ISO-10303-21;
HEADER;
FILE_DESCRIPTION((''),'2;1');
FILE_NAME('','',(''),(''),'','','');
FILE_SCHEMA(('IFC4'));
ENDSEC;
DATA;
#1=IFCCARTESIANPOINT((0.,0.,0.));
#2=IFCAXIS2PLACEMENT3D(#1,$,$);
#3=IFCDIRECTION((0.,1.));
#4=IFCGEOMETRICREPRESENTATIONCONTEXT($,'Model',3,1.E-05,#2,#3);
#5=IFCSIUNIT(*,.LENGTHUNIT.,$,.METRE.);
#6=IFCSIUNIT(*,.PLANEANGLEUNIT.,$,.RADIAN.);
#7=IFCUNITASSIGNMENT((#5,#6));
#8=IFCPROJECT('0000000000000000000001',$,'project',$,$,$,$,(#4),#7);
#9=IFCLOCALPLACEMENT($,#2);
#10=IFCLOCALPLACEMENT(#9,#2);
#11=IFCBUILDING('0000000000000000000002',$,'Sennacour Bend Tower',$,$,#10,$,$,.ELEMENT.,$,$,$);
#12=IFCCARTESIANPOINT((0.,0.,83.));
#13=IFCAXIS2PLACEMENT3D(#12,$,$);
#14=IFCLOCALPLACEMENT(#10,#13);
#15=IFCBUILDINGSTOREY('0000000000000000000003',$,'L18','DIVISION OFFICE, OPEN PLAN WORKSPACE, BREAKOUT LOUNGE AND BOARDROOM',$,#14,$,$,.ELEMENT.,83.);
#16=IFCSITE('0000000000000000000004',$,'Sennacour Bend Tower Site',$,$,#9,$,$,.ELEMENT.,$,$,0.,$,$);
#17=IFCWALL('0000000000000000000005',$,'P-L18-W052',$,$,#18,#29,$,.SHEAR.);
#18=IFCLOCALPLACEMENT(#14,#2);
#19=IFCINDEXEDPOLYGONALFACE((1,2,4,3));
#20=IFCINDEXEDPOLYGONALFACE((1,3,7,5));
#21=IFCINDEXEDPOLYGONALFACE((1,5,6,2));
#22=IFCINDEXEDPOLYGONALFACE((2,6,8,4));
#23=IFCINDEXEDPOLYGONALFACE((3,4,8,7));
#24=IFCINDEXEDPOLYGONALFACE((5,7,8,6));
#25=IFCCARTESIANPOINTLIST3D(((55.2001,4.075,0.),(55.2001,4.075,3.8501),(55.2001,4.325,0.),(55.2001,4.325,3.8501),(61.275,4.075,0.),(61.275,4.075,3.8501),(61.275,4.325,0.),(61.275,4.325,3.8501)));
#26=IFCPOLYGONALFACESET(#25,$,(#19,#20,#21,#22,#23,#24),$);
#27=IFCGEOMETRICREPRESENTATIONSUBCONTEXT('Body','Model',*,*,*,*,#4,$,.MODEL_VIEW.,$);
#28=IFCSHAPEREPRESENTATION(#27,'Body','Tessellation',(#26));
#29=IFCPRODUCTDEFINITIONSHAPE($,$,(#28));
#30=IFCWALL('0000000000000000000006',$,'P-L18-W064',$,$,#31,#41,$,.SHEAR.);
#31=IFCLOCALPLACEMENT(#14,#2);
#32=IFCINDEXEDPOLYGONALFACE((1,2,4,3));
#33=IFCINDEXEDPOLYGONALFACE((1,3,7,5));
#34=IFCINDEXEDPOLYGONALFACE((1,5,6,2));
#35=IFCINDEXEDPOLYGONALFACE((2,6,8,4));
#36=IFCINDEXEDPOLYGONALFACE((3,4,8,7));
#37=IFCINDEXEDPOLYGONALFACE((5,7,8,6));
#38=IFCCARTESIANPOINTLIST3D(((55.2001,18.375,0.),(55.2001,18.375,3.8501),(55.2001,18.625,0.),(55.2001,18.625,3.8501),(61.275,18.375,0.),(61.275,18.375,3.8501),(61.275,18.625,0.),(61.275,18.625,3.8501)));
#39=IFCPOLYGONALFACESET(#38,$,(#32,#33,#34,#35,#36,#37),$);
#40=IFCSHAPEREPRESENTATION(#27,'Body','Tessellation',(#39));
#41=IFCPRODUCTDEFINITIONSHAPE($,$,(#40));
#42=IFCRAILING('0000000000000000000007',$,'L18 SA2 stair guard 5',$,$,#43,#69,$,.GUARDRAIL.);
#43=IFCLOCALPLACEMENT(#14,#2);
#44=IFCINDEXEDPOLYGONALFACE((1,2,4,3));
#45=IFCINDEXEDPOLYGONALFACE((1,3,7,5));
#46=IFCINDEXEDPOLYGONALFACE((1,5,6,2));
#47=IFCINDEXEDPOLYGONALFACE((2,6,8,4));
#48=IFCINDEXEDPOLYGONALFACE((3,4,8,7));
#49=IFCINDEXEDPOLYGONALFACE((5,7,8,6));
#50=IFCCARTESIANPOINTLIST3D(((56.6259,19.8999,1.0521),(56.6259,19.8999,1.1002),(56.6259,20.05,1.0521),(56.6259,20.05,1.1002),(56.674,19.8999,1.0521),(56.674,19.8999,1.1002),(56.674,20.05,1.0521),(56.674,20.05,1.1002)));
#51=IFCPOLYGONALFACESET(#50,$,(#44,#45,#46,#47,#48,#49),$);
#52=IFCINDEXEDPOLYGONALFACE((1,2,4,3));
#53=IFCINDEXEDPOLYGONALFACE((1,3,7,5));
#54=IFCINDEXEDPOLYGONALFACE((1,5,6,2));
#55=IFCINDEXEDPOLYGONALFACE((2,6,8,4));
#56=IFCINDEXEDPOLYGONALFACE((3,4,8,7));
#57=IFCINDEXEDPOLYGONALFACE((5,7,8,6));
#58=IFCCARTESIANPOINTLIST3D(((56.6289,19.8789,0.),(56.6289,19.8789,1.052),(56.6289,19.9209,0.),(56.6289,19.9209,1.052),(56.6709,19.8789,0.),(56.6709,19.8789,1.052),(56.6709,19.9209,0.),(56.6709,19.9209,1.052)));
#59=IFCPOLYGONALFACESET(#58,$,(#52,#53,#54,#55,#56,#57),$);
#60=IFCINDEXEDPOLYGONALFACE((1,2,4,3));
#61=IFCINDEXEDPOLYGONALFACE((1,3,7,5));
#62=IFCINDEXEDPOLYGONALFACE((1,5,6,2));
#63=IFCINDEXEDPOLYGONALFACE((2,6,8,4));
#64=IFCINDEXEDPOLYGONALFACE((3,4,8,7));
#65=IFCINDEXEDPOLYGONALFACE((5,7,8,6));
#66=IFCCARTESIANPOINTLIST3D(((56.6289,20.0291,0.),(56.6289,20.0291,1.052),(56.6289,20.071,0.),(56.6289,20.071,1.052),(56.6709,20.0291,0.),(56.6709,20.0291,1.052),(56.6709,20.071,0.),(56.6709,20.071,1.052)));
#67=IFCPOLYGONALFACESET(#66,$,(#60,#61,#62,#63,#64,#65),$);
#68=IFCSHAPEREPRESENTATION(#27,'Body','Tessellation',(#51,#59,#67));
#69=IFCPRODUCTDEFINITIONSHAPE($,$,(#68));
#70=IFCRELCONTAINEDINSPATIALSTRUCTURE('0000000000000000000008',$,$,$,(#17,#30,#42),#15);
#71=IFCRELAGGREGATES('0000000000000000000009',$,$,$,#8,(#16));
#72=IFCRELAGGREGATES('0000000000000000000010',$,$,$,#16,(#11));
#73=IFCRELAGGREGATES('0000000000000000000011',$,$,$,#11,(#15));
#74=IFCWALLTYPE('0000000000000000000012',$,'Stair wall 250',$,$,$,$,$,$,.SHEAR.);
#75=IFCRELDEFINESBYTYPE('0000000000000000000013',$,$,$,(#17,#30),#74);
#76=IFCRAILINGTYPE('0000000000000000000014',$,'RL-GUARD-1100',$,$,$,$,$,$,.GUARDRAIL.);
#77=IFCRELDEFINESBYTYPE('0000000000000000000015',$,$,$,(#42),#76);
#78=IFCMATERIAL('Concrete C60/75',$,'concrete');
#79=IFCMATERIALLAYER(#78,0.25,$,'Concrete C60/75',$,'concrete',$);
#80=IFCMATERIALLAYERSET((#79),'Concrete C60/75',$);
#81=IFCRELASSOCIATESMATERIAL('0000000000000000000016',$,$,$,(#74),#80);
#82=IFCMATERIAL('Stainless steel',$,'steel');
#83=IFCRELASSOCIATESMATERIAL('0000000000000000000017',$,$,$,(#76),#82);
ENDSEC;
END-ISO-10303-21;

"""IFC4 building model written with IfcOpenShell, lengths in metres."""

from ifc_helpers import new_model, si_unit, direction, frame, frame_2d, origin, origin_2d, place, context, subcontext, project, spatial, rectangle, extrude, material, layer, layer_set, type_object, element, save


model = new_model("IFC4")

# Units and contexts
model_context = context("Model", 3, precision=1e-05, world=origin(), true_north=direction((0.0, 1.0)))
body_context = subcontext(model_context, "Body", "Model", "MODEL_VIEW")
ifc_project = project(units=[si_unit("LENGTHUNIT", "METRE"), si_unit("PLANEANGLEUNIT", "RADIAN")], contexts=[model_context])

# Site, building, storey
site_placement = place(None, origin())
site = spatial("IfcSite", under=ifc_project, at=site_placement, Name="Sennacour Bend Tower Site", CompositionType="ELEMENT", RefElevation=0.0)
building_placement = place(site_placement, origin())
building = spatial("IfcBuilding", under=site, at=building_placement, Name="Sennacour Bend Tower", CompositionType="ELEMENT")
storey_placement = place(building_placement, frame((0.0, 0.0, 83.0)))
storey = spatial("IfcBuildingStorey", under=building, at=storey_placement, Name="L18", Description="DIVISION OFFICE, OPEN PLAN WORKSPACE, BREAKOUT LOUNGE AND BOARDROOM", CompositionType="ELEMENT", Elevation=83.0)

# Shared definitions
ifc_material_1 = material(Name="Stainless steel", Category="steel")

# Walls
ifc_material_2 = material(Name="Concrete C60/75", Category="concrete")
ifc_layer_1 = layer(ifc_material_2, 0.25, Name="Concrete C60/75", Category="concrete")
ifc_layer_set_1 = layer_set([ifc_layer_1], Name="Concrete C60/75")
wall_type_1 = type_object("IfcWallType", Name="Stair wall 250", PredefinedType="SHEAR", material=ifc_layer_set_1)
for number, where, z_axis, x_axis, name in (
    (1, (55.2, 4.2, 0.0), (0.0, 0.0, 1.0), (1.0, 0.0, 0.0), "P-L18-W052"),
    (2, (55.2, 18.5, 0.0), (0.0, 0.0, 1.0), (1.0, 0.0, 0.0), "P-L18-W064"),
):
    element("IfcWall", number, at=place(storey_placement, frame(where, z_axis=z_axis, x_axis=x_axis)), inside=storey, type_object=wall_type_1, Name=name, PredefinedType="SHEAR", context=body_context, shape_type="SweptSolid", body=[
        extrude(rectangle(XDim=6.075, YDim=0.25, at=frame_2d((3.0376, 0.0))), origin(), (0.0, 0.0, 1.0), 3.8501),
    ])

# Railing
railing_type = type_object("IfcRailingType", Name="RL-GUARD-1100", PredefinedType="GUARDRAIL", material=ifc_material_1)
railing_placement = place(storey_placement, frame((56.6499, 19.8999, 0.0)))
element("IfcRailing", 3, at=railing_placement, inside=storey, type_object=railing_type, Name="L18 SA2 stair guard 5", PredefinedType="GUARDRAIL", context=body_context, shape_type="SweptSolid", body=[
    extrude(rectangle(XDim=0.0481, YDim=0.0481, at=origin_2d()), frame((0.0, 0.0, 1.0762), z_axis=(0.0, 1.0, 0.0), x_axis=(-1.0, 0.0, 0.0)), (0.0, 0.0, 1.0), 0.1501),
    extrude(rectangle(XDim=0.042, YDim=0.042, at=origin_2d()), origin(), (0.0, 0.0, 1.0), 1.052),
    extrude(rectangle(XDim=0.042, YDim=0.042, at=origin_2d()), frame((0.0, 0.1501, 0.0)), (0.0, 0.0, 1.0), 1.052),
])

save(model, "model.ifc")
